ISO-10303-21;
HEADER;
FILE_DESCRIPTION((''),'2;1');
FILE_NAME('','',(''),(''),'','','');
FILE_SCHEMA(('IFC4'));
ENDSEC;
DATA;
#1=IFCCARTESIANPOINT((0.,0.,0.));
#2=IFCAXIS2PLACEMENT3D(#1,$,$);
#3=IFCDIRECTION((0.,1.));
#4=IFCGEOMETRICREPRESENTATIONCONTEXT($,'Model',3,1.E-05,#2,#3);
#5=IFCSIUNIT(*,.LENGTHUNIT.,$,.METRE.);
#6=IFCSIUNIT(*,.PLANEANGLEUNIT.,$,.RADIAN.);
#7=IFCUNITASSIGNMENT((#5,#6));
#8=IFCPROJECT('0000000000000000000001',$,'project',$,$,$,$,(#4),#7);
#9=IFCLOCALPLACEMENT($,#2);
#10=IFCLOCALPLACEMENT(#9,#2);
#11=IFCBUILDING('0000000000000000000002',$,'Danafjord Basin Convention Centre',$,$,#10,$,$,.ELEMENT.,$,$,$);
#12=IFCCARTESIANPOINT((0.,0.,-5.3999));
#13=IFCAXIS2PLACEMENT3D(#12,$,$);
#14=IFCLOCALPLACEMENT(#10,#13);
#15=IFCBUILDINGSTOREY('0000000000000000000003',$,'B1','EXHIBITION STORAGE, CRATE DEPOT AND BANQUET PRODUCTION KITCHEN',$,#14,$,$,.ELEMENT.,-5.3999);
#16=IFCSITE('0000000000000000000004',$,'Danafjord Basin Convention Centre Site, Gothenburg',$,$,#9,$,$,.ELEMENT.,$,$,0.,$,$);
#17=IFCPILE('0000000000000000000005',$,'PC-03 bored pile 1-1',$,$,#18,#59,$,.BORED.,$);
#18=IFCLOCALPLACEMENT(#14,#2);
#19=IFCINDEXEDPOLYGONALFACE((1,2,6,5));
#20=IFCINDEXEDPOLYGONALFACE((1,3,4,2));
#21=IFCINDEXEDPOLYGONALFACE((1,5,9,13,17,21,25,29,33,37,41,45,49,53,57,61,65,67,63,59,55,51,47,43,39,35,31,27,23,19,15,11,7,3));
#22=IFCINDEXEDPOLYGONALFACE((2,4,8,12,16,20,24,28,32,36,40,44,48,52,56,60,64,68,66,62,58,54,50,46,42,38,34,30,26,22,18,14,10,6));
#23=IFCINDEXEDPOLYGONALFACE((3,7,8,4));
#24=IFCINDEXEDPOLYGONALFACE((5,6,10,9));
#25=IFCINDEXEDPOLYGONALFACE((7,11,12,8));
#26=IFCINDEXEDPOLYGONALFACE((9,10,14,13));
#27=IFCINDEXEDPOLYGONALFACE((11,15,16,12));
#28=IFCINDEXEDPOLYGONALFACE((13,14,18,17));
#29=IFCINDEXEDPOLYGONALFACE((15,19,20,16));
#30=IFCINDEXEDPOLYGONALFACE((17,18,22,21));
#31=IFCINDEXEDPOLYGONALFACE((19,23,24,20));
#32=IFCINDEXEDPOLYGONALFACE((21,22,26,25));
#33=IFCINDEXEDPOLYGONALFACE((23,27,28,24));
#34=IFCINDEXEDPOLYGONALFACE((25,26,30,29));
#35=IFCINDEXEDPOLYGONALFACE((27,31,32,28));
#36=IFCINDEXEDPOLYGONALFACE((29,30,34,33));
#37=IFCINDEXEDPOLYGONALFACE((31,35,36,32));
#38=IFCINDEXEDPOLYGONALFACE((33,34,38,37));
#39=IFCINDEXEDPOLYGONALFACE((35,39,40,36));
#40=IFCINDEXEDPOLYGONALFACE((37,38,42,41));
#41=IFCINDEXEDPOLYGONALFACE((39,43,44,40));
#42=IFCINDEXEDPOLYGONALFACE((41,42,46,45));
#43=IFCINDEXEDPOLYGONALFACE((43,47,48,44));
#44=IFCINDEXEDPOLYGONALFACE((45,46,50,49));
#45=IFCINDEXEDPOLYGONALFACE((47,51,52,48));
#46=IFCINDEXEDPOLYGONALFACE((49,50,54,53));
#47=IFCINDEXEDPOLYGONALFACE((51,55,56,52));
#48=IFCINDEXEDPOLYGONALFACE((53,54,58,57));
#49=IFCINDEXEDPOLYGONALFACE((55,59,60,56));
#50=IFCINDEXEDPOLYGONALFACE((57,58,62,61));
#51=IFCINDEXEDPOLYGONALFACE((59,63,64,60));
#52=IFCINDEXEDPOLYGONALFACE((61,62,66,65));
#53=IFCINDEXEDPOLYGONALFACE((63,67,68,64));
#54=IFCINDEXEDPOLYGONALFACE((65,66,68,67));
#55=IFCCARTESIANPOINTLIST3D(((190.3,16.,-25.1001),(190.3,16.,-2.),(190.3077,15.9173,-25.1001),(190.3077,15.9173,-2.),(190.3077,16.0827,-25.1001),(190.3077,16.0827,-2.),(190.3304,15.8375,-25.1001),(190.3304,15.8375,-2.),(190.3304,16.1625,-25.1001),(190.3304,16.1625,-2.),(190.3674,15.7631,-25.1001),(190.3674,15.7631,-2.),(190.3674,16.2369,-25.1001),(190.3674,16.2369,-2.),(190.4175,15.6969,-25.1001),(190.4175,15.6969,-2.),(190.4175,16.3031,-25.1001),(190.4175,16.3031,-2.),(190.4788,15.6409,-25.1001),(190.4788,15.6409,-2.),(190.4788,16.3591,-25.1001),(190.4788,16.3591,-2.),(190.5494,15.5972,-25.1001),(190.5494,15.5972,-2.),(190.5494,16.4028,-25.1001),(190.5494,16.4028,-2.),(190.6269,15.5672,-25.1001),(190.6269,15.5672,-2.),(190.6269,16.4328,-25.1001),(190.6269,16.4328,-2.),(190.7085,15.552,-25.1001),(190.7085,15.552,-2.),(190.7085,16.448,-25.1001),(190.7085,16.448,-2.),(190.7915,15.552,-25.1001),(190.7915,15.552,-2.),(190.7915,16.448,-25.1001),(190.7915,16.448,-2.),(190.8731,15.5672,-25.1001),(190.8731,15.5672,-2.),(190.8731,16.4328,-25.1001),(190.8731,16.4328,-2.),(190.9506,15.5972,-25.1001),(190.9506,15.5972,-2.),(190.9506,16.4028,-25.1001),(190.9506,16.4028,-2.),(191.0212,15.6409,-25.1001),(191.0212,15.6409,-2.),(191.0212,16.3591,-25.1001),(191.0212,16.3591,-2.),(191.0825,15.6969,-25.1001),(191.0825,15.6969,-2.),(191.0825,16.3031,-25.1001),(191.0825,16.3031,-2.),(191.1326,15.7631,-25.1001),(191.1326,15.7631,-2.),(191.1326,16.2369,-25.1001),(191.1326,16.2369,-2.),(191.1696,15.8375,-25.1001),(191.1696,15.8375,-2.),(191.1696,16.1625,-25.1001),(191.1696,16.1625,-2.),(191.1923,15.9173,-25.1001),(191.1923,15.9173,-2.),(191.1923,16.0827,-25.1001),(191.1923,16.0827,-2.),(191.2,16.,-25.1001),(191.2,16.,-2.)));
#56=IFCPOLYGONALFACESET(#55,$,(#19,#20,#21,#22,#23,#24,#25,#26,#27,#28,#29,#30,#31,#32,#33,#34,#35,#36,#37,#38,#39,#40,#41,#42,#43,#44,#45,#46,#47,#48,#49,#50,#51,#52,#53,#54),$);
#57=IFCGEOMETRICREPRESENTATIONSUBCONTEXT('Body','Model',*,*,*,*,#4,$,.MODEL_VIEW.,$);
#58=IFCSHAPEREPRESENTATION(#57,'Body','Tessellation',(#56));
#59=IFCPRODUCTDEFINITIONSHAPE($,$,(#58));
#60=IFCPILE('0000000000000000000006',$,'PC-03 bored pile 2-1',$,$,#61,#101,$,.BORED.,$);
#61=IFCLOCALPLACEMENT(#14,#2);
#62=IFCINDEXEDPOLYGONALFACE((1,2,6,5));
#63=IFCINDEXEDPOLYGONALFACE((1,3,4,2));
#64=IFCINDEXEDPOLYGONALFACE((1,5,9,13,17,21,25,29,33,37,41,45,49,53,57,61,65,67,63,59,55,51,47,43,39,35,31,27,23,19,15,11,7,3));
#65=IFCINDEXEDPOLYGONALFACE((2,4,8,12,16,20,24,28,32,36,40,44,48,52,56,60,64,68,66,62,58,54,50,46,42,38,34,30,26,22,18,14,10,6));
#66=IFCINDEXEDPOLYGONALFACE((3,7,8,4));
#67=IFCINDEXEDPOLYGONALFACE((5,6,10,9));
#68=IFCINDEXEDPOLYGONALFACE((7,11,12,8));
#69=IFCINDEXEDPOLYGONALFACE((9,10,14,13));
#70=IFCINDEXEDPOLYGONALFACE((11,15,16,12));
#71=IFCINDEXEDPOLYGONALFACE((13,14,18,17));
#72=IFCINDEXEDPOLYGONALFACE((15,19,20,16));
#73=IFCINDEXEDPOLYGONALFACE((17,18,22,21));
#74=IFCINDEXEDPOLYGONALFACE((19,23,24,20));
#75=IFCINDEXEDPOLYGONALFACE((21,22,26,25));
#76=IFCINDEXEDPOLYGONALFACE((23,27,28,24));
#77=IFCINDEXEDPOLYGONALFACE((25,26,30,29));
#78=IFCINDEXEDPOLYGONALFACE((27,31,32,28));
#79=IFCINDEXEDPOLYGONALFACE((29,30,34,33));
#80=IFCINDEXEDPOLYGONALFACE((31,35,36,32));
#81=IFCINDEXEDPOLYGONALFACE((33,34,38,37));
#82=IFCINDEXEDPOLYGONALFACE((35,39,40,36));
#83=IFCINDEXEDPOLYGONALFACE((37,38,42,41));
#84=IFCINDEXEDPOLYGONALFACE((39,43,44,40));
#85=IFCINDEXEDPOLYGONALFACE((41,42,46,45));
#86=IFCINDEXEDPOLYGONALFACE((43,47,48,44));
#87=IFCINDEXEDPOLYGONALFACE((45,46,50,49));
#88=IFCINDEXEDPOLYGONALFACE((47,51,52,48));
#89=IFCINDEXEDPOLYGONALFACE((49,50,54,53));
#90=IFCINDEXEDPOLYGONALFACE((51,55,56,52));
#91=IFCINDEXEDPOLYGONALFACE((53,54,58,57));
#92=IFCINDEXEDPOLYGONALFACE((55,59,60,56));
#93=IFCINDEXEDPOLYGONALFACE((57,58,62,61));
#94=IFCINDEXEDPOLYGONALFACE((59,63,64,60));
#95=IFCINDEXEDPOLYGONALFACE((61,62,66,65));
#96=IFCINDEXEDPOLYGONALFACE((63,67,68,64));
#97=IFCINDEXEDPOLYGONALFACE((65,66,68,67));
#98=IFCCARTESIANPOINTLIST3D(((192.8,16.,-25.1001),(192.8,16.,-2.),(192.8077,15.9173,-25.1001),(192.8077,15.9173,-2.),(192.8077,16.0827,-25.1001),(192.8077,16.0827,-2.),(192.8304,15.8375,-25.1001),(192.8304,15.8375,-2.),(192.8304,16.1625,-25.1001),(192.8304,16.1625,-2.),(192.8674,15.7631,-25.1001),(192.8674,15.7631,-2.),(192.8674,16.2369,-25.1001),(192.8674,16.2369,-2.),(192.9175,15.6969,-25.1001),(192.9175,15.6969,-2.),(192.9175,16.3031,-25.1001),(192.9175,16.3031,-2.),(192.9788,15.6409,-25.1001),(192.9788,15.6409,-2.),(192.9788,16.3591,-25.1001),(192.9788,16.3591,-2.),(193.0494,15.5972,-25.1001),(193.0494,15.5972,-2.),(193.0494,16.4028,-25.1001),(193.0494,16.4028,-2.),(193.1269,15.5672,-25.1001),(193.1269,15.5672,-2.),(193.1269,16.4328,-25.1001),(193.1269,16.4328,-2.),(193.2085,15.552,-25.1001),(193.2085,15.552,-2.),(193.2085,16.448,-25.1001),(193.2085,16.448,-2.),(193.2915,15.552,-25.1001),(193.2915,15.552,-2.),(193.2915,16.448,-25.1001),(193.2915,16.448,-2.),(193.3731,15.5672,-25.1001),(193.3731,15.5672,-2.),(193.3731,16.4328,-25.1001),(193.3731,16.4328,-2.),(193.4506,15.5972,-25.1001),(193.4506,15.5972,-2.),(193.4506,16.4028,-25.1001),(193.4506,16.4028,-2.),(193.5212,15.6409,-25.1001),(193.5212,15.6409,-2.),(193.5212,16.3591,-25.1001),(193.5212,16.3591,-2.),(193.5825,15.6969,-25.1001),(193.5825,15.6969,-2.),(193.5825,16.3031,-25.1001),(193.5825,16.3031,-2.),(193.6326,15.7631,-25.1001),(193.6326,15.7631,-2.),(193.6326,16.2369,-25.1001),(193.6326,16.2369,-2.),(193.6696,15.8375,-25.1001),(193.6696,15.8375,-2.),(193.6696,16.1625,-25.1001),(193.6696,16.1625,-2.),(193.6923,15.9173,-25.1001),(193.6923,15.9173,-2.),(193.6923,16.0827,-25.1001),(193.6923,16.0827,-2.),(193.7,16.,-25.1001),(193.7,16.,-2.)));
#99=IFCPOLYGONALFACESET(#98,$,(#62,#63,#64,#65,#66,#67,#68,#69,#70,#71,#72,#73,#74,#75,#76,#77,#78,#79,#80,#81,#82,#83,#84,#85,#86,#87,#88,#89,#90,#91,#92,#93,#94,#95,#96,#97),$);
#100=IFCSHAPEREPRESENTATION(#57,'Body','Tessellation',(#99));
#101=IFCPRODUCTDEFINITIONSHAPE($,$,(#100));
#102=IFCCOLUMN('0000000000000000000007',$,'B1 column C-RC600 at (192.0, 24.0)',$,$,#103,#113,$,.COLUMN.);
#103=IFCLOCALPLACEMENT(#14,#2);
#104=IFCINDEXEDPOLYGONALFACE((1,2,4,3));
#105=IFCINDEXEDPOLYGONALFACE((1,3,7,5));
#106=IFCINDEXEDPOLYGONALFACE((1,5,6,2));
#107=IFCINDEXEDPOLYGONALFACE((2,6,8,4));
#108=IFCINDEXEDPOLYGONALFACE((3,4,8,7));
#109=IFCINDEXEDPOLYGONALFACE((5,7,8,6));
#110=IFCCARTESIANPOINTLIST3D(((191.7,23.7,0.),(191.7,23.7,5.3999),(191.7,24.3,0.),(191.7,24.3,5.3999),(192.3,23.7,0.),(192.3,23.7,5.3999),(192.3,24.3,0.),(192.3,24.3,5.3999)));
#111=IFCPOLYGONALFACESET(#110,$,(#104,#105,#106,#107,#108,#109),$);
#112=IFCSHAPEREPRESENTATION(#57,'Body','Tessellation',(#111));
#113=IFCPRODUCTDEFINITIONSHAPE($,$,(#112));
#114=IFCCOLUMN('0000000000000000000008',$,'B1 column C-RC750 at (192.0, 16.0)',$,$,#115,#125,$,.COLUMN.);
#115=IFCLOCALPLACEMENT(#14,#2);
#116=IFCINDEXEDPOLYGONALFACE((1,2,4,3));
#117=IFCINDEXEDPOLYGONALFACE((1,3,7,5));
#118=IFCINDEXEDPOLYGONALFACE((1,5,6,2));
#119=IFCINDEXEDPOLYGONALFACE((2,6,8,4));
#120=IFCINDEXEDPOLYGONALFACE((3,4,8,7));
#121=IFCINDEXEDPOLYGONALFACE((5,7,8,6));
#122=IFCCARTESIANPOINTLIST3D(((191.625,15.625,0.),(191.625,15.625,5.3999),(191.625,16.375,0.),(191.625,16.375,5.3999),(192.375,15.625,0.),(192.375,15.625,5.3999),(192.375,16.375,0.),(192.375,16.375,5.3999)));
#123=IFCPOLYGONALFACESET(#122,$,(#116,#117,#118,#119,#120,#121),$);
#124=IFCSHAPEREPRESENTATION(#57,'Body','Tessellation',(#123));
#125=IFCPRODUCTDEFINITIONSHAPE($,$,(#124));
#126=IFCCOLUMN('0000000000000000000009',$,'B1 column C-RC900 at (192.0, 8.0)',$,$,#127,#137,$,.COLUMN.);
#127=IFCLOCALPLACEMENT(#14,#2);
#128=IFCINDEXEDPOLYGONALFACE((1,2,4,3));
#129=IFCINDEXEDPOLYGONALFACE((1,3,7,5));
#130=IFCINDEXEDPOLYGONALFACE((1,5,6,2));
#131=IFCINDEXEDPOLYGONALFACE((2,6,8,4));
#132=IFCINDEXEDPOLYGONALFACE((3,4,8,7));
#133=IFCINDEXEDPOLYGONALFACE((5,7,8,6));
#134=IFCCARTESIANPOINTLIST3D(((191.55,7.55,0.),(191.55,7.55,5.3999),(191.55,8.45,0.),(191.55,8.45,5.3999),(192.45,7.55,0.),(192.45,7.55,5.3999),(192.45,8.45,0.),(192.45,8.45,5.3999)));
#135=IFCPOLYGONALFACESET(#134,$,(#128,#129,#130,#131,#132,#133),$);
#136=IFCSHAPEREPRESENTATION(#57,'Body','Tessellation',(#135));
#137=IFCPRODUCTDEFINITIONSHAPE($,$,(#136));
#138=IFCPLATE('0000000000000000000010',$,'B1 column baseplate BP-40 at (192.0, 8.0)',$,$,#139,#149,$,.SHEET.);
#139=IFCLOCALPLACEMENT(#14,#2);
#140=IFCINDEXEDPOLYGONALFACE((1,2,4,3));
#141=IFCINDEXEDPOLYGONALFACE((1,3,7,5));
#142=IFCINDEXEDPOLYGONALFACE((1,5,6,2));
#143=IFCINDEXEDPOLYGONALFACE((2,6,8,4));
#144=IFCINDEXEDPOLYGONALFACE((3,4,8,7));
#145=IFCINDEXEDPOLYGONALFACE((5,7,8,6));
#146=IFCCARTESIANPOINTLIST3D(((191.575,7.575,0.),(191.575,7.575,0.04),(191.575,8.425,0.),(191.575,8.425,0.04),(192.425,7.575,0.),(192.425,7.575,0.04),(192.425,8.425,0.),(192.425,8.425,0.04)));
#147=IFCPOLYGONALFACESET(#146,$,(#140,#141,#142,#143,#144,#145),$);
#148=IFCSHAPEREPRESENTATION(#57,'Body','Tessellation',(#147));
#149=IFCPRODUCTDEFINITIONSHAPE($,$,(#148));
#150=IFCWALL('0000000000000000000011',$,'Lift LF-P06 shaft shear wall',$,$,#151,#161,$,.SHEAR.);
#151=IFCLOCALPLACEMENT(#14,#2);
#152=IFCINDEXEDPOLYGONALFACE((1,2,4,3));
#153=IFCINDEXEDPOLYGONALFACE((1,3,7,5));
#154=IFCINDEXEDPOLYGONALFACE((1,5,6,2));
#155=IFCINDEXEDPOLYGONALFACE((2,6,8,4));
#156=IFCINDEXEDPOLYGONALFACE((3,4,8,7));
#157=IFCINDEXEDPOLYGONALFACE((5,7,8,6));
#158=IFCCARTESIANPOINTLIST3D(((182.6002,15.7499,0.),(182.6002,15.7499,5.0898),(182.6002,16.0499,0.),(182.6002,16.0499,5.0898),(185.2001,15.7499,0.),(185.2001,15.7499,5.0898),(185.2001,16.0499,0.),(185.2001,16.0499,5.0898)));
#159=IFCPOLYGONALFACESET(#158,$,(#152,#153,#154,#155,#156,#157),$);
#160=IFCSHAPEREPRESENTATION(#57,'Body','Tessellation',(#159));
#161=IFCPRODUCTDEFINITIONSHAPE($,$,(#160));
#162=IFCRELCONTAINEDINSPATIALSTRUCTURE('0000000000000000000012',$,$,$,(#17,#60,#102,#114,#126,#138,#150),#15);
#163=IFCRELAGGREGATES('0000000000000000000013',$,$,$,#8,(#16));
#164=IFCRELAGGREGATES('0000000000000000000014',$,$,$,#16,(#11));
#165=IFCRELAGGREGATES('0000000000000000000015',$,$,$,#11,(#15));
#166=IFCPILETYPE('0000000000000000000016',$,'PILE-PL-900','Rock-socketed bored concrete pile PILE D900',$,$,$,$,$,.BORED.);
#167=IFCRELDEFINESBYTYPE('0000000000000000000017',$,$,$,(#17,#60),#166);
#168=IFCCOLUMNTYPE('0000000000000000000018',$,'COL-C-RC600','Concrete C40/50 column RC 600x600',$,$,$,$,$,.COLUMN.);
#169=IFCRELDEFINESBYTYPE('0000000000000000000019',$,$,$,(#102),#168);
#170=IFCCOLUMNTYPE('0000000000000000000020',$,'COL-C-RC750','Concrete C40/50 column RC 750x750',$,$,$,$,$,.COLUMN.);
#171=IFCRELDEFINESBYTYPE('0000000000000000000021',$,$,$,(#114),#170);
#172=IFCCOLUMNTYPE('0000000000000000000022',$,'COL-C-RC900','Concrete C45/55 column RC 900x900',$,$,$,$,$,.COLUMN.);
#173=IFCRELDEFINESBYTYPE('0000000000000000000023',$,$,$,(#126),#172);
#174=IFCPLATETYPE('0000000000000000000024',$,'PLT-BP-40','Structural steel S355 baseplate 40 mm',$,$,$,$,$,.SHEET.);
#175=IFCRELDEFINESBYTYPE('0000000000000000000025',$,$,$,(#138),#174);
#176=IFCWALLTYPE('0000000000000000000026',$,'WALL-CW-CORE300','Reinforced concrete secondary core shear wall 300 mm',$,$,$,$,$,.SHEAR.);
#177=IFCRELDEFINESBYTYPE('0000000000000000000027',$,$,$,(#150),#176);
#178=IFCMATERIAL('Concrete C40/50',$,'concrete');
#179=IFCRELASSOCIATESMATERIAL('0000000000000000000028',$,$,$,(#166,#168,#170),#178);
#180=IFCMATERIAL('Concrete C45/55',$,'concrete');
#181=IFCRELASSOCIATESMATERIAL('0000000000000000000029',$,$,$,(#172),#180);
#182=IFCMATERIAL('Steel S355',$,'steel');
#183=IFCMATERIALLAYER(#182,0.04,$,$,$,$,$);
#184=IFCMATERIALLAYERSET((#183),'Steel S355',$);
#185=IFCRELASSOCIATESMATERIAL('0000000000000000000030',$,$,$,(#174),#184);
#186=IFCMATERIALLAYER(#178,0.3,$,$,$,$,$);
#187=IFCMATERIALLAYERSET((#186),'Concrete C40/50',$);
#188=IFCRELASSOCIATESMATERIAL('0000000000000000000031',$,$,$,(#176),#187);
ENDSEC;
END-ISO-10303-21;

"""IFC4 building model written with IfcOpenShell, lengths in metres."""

from ifc_helpers import new_model, si_unit, direction, frame, frame_2d, origin, origin_2d, place, context, subcontext, project, spatial, rectangle, circle, extrude, material, layer, layer_set, material_profile, profile_set, type_object, element, save


model = new_model("IFC4")

# Units and contexts
model_context = context("Model", 3, precision=1e-05, world=origin(), true_north=direction((0.0, 1.0)))
body_context = subcontext(model_context, "Body", "Model", "MODEL_VIEW")
ifc_project = project(units=[si_unit("LENGTHUNIT", "METRE"), si_unit("PLANEANGLEUNIT", "RADIAN")], contexts=[model_context])

# Site, building, storey
site_placement = place(None, origin())
site = spatial("IfcSite", under=ifc_project, at=site_placement, Name="Danafjord Basin Convention Centre Site, Gothenburg", CompositionType="ELEMENT", RefElevation=0.0)
building_placement = place(site_placement, origin())
building = spatial("IfcBuilding", under=site, at=building_placement, Name="Danafjord Basin Convention Centre", CompositionType="ELEMENT")
storey_placement = place(building_placement, frame((0.0, 0.0, -5.3999)))
storey = spatial("IfcBuildingStorey", under=building, at=storey_placement, Name="B1", Description="EXHIBITION STORAGE, CRATE DEPOT AND BANQUET PRODUCTION KITCHEN", CompositionType="ELEMENT", Elevation=-5.3999)

# Shared definitions
ifc_material_1 = material(Name="Concrete C40/50", Category="concrete")

# Piles
ifc_material_profile_1 = material_profile(ifc_material_1, circle(Radius=0.45, at=origin_2d()), Name="PILE D900")
ifc_profile_set_1 = profile_set([ifc_material_profile_1], Name="Concrete C40/50")
pile_type_1 = type_object("IfcPileType", Name="PILE-PL-900", Description="Rock-socketed bored concrete pile PILE D900", PredefinedType="BORED", material=ifc_profile_set_1)
for number, where, z_axis, x_axis, name in (
    (1, (190.75, 16.0, -2.0), (0.0, 0.0, -1.0), (1.0, 0.0, 0.0), "PC-03 bored pile 1-1"),
    (2, (193.25, 16.0, -2.0), (0.0, 0.0, -1.0), (1.0, 0.0, 0.0), "PC-03 bored pile 2-1"),
):
    element("IfcPile", number, at=place(storey_placement, frame(where, z_axis=z_axis, x_axis=x_axis)), inside=storey, type_object=pile_type_1, Name=name, PredefinedType="BORED", context=body_context, shape_type="SweptSolid", body=[
        extrude(circle(Radius=0.45, at=origin_2d()), origin(), (0.0, 0.0, 1.0), 23.1001),
    ])

# Columns
ifc_material_profile_2 = material_profile(ifc_material_1, rectangle(XDim=0.6001, YDim=0.6001, at=origin_2d()), Name="RC 600x600")
ifc_profile_set_2 = profile_set([ifc_material_profile_2], Name="Concrete C40/50")
column_type_1 = type_object("IfcColumnType", Name="COL-C-RC600", Description="Concrete C40/50 column RC 600x600", PredefinedType="COLUMN", material=ifc_profile_set_2)
column_1_placement = place(storey_placement, frame((192.0, 24.0, 0.0), z_axis=(0.0, 0.0, 1.0), x_axis=(1.0, 0.0, 0.0)))
element("IfcColumn", 3, at=column_1_placement, inside=storey, type_object=column_type_1, Name="B1 column C-RC600 at (192.0, 24.0)", PredefinedType="COLUMN", context=body_context, shape_type="SweptSolid", body=[
    extrude(rectangle(XDim=0.6001, YDim=0.6001, at=origin_2d()), origin(), (0.0, 0.0, 1.0), 5.3999),
])
ifc_material_profile_3 = material_profile(ifc_material_1, rectangle(XDim=0.75, YDim=0.75, at=origin_2d()), Name="RC 750x750")
ifc_profile_set_3 = profile_set([ifc_material_profile_3], Name="Concrete C40/50")
column_type_2 = type_object("IfcColumnType", Name="COL-C-RC750", Description="Concrete C40/50 column RC 750x750", PredefinedType="COLUMN", material=ifc_profile_set_3)
column_2_placement = place(storey_placement, frame((192.0, 16.0, 0.0), z_axis=(0.0, 0.0, 1.0), x_axis=(1.0, 0.0, 0.0)))
element("IfcColumn", 4, at=column_2_placement, inside=storey, type_object=column_type_2, Name="B1 column C-RC750 at (192.0, 16.0)", PredefinedType="COLUMN", context=body_context, shape_type="SweptSolid", body=[
    extrude(rectangle(XDim=0.75, YDim=0.75, at=origin_2d()), origin(), (0.0, 0.0, 1.0), 5.3999),
])
ifc_material_2 = material(Name="Concrete C45/55", Category="concrete")
ifc_material_profile_4 = material_profile(ifc_material_2, rectangle(XDim=0.8999, YDim=0.8999, at=origin_2d()), Name="RC 900x900")
ifc_profile_set_4 = profile_set([ifc_material_profile_4], Name="Concrete C45/55")
column_type_3 = type_object("IfcColumnType", Name="COL-C-RC900", Description="Concrete C45/55 column RC 900x900", PredefinedType="COLUMN", material=ifc_profile_set_4)
column_3_placement = place(storey_placement, frame((192.0, 8.0, 0.0), z_axis=(0.0, 0.0, 1.0), x_axis=(1.0, 0.0, 0.0)))
element("IfcColumn", 5, at=column_3_placement, inside=storey, type_object=column_type_3, Name="B1 column C-RC900 at (192.0, 8.0)", PredefinedType="COLUMN", context=body_context, shape_type="SweptSolid", body=[
    extrude(rectangle(XDim=0.8999, YDim=0.8999, at=origin_2d()), origin(), (0.0, 0.0, 1.0), 5.3999),
])

# Plate
ifc_material_3 = material(Name="Steel S355", Category="steel")
ifc_layer_1 = layer(ifc_material_3, 0.04)
ifc_layer_set_1 = layer_set([ifc_layer_1], Name="Steel S355")
plate_type = type_object("IfcPlateType", Name="PLT-BP-40", Description="Structural steel S355 baseplate 40 mm", PredefinedType="SHEET", material=ifc_layer_set_1)
plate_placement = place(storey_placement, frame((192.0, 8.0, 0.0), z_axis=(0.0, 0.0, 1.0), x_axis=(1.0, 0.0, 0.0)))
element("IfcPlate", 6, at=plate_placement, inside=storey, type_object=plate_type, Name="B1 column baseplate BP-40 at (192.0, 8.0)", PredefinedType="SHEET", context=body_context, shape_type="SweptSolid", body=[
    extrude(rectangle(XDim=0.8501, YDim=0.8501, at=origin_2d()), origin(), (0.0, 0.0, 1.0), 0.04),
])

# Wall
ifc_layer_2 = layer(ifc_material_1, 0.3)
ifc_layer_set_2 = layer_set([ifc_layer_2], Name="Concrete C40/50")
wall_type_1 = type_object("IfcWallType", Name="WALL-CW-CORE300", Description="Reinforced concrete secondary core shear wall 300 mm", PredefinedType="SHEAR", material=ifc_layer_set_2)
wall_1_placement = place(storey_placement, frame((185.2, 15.8999, 0.0), z_axis=(0.0, 0.0, 1.0), x_axis=(-1.0, 0.0, 0.0)))
element("IfcWall", 7, at=wall_1_placement, inside=storey, type_object=wall_type_1, Name="Lift LF-P06 shaft shear wall", PredefinedType="SHEAR", context=body_context, shape_type="SweptSolid", body=[
    extrude(rectangle(XDim=2.5999, YDim=0.3, at=frame_2d((1.2998, 0.0))), origin(), (0.0, 0.0, 1.0), 5.0898),
])

save(model, "model.ifc")
